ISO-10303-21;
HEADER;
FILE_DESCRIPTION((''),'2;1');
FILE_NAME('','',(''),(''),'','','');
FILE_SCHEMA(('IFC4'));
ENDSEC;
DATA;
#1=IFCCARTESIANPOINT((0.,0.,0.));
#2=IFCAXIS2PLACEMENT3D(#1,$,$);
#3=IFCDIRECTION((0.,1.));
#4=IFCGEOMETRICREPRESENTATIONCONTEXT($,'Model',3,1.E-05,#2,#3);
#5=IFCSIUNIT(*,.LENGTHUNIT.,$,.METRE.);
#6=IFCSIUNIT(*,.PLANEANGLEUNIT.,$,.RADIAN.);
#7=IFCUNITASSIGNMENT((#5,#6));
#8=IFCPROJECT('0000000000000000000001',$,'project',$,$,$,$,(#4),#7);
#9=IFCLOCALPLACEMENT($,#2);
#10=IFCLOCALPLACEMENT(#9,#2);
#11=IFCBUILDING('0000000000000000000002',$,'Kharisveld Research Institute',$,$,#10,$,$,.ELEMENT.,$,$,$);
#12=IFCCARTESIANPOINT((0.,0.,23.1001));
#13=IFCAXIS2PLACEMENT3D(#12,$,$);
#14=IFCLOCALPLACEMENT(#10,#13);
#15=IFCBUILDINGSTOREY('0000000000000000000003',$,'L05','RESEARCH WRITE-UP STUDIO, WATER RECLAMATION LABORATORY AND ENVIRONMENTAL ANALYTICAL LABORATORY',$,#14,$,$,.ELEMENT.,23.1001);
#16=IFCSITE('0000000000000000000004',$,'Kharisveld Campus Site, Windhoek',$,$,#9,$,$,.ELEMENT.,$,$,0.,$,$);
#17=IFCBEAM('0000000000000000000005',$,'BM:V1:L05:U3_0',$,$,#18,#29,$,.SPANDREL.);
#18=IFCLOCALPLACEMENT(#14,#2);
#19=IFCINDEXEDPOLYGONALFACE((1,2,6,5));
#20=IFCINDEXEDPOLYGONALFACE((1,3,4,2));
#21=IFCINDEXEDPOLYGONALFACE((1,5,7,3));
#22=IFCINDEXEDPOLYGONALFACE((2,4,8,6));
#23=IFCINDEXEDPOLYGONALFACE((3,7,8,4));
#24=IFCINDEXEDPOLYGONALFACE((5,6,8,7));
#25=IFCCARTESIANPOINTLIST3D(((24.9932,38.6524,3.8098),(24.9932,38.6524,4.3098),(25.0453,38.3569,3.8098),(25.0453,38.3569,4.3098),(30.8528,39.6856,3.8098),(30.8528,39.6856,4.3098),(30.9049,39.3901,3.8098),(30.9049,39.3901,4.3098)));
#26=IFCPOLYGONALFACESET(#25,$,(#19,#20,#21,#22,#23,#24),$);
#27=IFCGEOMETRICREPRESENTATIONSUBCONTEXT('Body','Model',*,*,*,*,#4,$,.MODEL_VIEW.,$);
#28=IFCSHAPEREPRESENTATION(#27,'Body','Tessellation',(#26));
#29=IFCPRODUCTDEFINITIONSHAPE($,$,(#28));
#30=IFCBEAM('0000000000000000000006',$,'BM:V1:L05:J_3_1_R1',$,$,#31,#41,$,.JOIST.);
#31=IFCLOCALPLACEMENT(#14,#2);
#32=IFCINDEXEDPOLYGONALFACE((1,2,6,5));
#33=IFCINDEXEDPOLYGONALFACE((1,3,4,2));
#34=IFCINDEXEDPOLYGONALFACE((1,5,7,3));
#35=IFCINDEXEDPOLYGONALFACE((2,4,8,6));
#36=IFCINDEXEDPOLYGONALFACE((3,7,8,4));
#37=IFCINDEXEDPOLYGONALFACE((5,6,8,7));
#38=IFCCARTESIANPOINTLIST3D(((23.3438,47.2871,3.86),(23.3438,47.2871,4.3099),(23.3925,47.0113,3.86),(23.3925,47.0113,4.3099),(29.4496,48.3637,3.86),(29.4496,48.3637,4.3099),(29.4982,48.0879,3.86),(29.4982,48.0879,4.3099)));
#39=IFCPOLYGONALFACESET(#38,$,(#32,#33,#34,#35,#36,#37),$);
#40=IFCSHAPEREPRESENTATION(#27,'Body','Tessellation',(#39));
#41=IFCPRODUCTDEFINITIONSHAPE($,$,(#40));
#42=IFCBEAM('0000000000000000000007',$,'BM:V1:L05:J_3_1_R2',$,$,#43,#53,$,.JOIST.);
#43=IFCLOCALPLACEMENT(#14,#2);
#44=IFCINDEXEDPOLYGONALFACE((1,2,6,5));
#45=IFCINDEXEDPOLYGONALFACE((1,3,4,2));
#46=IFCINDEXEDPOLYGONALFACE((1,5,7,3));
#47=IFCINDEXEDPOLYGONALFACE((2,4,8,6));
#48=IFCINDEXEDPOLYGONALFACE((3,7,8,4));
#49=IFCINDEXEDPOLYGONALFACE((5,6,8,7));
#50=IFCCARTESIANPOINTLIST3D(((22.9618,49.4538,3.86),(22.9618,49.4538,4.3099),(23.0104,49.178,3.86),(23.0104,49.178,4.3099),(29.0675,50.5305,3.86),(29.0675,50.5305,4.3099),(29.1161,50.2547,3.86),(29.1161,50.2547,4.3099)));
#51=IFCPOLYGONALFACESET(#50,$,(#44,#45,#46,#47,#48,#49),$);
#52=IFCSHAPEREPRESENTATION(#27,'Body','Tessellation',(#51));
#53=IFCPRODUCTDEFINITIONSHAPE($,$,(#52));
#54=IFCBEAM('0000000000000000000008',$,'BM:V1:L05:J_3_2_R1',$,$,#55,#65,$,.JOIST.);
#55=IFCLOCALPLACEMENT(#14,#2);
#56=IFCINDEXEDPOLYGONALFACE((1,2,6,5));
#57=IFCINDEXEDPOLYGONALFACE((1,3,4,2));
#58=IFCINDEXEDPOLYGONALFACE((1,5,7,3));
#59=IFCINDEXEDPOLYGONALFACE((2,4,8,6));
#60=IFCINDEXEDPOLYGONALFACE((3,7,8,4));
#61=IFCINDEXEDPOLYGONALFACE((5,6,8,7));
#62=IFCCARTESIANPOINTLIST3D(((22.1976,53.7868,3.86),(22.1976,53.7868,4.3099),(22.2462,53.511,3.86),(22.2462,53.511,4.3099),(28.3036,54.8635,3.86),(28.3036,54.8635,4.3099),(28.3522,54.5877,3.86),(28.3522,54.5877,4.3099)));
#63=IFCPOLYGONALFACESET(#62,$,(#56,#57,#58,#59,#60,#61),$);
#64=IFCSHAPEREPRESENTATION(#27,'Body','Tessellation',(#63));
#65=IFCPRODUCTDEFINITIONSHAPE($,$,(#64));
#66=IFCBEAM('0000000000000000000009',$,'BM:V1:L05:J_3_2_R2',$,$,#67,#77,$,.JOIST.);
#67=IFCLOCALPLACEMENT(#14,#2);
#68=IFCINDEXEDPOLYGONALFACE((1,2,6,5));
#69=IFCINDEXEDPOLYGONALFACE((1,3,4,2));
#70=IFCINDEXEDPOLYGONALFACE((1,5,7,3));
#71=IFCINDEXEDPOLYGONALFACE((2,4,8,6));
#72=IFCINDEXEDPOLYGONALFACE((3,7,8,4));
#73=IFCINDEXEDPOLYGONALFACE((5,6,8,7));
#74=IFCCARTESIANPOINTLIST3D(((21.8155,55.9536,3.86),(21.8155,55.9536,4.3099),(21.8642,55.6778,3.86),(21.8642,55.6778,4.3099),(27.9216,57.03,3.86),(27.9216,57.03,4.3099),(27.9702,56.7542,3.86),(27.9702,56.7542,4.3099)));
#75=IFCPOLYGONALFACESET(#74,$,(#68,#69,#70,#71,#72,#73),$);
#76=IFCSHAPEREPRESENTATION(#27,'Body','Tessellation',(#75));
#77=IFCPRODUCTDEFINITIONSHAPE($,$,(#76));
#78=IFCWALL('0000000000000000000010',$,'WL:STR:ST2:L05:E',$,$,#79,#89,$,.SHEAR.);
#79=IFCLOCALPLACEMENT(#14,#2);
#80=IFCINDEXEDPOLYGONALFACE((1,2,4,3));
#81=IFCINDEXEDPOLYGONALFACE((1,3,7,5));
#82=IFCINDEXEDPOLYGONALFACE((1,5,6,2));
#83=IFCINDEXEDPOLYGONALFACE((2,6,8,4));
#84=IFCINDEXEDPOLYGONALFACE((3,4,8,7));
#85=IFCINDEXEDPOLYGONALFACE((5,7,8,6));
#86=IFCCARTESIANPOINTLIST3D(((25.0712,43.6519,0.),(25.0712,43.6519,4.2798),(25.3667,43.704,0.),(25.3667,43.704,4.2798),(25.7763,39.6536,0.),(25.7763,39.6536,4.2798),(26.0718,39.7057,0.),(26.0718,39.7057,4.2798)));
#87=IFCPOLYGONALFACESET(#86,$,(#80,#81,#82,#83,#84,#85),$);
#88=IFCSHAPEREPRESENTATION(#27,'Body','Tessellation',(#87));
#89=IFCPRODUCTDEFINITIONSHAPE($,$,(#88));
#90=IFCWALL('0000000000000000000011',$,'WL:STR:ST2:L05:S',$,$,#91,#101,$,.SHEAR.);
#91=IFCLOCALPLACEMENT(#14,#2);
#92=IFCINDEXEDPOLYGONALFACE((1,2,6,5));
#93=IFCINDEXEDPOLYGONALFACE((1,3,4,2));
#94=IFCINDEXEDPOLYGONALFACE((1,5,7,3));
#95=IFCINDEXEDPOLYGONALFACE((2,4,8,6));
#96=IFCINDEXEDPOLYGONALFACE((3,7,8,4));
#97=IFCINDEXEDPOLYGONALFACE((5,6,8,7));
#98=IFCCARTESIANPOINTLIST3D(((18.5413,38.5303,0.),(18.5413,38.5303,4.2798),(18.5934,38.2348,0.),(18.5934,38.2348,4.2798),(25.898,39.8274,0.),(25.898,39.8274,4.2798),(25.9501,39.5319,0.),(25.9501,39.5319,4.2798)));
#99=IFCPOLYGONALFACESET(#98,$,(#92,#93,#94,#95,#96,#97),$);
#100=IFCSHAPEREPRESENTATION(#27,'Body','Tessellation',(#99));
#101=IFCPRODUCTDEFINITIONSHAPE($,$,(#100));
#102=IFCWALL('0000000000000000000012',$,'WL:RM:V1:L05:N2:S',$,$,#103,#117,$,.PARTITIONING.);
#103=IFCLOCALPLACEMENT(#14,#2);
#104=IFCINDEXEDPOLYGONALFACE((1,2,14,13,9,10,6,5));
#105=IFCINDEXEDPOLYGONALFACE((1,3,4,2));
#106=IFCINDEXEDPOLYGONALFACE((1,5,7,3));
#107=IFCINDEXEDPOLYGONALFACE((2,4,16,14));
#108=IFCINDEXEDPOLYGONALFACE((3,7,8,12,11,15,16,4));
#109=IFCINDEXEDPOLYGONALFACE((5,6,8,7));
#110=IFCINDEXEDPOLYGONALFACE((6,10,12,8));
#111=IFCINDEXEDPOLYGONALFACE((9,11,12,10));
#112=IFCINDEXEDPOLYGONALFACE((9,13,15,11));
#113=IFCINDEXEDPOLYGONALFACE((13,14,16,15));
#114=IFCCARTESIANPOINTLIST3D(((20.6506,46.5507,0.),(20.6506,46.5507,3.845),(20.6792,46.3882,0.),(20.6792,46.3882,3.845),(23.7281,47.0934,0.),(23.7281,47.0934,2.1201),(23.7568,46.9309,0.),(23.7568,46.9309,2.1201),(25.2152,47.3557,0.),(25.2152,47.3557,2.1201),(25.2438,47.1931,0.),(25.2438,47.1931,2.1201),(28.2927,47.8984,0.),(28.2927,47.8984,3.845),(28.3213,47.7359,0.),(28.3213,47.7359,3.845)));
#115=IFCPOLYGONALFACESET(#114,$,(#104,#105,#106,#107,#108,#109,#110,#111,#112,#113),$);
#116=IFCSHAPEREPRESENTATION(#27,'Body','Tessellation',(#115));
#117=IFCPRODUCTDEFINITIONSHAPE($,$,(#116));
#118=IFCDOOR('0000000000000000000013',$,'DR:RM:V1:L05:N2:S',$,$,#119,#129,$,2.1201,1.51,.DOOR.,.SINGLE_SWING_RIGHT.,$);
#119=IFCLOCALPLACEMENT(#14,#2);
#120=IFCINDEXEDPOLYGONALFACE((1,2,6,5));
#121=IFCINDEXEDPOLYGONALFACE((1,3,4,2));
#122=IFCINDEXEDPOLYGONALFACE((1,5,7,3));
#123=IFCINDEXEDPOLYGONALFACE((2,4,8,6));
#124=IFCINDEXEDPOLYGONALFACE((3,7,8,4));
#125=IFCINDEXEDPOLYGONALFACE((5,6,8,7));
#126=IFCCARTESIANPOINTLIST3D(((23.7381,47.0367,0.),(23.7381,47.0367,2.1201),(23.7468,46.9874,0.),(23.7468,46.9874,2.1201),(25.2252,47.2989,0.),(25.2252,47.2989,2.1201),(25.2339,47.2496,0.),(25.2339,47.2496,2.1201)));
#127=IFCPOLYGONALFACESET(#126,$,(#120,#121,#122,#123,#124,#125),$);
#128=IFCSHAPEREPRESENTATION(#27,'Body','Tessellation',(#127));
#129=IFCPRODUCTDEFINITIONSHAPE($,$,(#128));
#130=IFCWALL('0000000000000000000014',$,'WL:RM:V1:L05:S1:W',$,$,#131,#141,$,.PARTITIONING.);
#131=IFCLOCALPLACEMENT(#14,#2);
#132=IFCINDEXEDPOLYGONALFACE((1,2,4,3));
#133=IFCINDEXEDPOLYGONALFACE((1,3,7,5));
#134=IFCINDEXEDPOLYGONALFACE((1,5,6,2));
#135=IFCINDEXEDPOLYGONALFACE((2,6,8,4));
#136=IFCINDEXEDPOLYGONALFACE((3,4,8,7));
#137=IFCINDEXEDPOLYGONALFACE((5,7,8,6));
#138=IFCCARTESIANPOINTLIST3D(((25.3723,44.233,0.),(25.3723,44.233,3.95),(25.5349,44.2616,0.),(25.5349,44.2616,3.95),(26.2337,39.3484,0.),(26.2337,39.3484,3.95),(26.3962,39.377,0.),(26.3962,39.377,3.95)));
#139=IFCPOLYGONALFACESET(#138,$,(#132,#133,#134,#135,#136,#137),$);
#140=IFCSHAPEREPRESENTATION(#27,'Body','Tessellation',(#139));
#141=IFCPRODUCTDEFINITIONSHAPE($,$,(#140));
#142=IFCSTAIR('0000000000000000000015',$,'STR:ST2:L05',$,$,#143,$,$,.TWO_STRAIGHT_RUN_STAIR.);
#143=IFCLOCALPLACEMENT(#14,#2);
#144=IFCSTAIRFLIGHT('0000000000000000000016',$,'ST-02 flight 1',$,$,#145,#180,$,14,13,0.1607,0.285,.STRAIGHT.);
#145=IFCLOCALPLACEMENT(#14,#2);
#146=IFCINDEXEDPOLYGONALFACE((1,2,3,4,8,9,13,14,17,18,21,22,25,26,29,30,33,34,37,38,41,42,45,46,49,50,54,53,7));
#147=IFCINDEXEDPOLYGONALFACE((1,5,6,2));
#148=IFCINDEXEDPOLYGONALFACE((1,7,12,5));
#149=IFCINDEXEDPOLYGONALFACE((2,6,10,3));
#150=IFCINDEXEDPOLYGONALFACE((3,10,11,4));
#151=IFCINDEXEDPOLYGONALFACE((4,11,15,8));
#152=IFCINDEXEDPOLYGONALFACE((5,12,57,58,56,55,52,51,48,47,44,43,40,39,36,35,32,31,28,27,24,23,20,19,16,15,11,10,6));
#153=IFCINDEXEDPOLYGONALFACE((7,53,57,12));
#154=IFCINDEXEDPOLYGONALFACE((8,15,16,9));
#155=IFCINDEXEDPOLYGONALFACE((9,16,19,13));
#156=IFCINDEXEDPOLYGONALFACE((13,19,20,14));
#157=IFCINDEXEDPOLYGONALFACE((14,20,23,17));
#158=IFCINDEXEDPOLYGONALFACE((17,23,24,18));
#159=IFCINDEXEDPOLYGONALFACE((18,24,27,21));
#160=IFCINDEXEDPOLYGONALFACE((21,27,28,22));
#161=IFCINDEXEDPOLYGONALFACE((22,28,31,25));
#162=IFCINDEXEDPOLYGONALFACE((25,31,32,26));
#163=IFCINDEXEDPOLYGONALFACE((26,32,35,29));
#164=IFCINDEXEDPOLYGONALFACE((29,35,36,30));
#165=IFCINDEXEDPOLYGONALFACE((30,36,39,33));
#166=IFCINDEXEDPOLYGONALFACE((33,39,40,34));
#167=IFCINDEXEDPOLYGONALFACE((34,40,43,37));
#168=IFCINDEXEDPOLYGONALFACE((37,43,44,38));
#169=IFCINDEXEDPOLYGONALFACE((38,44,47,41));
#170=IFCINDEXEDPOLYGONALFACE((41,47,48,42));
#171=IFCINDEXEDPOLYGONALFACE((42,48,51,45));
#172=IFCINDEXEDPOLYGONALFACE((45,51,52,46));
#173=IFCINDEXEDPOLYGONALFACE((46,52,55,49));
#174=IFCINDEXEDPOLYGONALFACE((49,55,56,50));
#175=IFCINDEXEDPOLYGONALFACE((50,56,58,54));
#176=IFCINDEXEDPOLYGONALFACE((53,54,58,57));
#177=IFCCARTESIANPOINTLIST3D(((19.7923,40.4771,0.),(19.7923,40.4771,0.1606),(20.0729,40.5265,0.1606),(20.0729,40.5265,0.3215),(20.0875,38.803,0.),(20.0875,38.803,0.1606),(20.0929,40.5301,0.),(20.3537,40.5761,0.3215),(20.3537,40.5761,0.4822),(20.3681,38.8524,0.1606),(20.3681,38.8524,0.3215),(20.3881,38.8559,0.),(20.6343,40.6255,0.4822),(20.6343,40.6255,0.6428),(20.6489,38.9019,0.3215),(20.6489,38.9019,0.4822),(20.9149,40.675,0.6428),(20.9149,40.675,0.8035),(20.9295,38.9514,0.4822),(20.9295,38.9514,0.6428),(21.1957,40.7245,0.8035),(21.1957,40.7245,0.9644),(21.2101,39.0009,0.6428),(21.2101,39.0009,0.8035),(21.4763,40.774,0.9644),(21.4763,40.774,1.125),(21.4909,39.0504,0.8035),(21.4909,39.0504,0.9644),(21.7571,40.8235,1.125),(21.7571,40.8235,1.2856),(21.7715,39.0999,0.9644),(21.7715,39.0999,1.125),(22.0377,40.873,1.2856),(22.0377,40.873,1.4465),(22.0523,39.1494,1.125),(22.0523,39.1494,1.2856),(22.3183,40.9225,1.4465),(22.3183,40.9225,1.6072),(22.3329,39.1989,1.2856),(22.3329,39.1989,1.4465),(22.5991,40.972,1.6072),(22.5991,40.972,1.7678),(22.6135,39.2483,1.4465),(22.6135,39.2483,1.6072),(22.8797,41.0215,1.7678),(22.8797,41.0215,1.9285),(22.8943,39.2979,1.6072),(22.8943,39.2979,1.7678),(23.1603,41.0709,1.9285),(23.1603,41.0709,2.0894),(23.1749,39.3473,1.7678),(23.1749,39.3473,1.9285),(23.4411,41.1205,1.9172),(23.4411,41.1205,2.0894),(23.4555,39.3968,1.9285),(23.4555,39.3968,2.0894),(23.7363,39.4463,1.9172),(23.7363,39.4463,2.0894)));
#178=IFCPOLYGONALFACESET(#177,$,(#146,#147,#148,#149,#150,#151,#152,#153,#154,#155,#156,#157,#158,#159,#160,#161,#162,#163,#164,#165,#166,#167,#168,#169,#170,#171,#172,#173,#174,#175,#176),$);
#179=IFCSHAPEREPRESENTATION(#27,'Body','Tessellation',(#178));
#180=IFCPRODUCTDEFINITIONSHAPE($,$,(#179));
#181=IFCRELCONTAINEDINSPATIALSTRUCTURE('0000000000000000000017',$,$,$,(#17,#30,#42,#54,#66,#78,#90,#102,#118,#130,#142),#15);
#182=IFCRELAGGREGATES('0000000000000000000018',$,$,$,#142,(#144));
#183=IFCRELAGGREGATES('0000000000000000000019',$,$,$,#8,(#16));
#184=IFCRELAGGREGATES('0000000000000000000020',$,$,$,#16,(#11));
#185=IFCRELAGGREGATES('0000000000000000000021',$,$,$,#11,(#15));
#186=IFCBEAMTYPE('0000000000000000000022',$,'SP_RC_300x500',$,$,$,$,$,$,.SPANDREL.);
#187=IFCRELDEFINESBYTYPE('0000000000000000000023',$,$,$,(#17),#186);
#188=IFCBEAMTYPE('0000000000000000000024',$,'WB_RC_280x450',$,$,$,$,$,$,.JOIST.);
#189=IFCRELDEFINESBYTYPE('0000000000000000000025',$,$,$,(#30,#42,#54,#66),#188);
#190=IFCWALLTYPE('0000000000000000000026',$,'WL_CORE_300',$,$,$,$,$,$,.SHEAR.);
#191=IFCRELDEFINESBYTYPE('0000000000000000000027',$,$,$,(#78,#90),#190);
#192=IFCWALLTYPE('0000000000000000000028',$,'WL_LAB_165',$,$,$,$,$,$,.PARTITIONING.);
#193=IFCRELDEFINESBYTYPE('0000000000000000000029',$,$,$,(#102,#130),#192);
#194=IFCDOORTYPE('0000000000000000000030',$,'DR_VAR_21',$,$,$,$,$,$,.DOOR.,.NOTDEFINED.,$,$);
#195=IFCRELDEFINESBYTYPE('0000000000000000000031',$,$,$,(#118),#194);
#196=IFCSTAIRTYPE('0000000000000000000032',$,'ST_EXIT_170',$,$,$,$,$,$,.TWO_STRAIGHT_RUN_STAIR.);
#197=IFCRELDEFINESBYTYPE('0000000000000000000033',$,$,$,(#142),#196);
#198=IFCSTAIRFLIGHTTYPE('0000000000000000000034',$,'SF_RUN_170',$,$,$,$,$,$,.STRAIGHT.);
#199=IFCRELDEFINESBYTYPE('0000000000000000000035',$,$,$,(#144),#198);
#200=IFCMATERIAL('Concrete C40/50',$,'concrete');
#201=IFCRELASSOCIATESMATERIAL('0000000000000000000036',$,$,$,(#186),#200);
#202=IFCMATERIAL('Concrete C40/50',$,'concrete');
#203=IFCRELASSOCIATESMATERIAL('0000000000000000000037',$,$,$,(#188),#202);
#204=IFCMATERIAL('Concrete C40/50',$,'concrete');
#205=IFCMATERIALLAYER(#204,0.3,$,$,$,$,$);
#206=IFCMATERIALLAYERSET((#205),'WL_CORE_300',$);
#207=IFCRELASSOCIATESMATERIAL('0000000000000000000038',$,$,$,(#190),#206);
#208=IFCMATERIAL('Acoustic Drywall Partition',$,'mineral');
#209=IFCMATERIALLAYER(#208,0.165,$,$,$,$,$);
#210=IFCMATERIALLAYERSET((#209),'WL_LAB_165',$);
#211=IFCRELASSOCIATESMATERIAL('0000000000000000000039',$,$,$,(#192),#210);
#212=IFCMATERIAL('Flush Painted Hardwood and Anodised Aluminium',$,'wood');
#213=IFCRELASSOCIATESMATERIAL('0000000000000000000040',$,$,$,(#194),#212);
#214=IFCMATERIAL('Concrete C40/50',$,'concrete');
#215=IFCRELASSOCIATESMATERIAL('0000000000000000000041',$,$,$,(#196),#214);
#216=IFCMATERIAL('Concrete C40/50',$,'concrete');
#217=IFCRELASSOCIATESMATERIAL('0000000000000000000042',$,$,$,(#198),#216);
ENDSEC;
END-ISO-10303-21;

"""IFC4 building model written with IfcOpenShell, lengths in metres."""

from ifc_helpers import new_model, si_unit, direction, frame, frame_2d, origin, origin_2d, place, context, subcontext, project, spatial, polyline, rectangle, outline, extrude, material, layer, layer_set, material_profile, profile_set, type_object, element, fill, aggregate, save


model = new_model("IFC4")

# Units and contexts
model_context = context("Model", 3, precision=1e-05, world=origin(), true_north=direction((0.0, 1.0)))
body_context = subcontext(model_context, "Body", "Model", "MODEL_VIEW")
ifc_project = project(units=[si_unit("LENGTHUNIT", "METRE"), si_unit("PLANEANGLEUNIT", "RADIAN")], contexts=[model_context])

# Site, building, storey
site_placement = place(None, origin())
site = spatial("IfcSite", under=ifc_project, at=site_placement, Name="Kharisveld Campus Site, Windhoek", CompositionType="ELEMENT", RefElevation=0.0)
building_placement = place(site_placement, origin())
building = spatial("IfcBuilding", under=site, at=building_placement, Name="Kharisveld Research Institute", CompositionType="ELEMENT")
storey_placement = place(building_placement, frame((0.0, 0.0, 23.1001)))
storey = spatial("IfcBuildingStorey", under=building, at=storey_placement, Name="L05", Description="RESEARCH WRITE-UP STUDIO, WATER RECLAMATION LABORATORY AND ENVIRONMENTAL ANALYTICAL LABORATORY", CompositionType="ELEMENT", Elevation=23.1001)

# Beams
ifc_material_1 = material(Name="Concrete C40/50", Category="concrete")
ifc_material_profile_1 = material_profile(ifc_material_1, rectangle(XDim=0.3, YDim=0.5, at=origin_2d()))
ifc_profile_set_1 = profile_set([ifc_material_profile_1], Name="Concrete C40/50")
beam_type_1 = type_object("IfcBeamType", Name="SP_RC_300x500", PredefinedType="SPANDREL", material=ifc_profile_set_1)
beam_1_placement = place(storey_placement, frame((25.0193, 38.5046, 4.0598), z_axis=(0.984808, 0.173647, 0.0), x_axis=(-0.173647, 0.984808, 0.0)))
element("IfcBeam", 1, at=beam_1_placement, inside=storey, type_object=beam_type_1, Name="BM:V1:L05:U3_0", PredefinedType="SPANDREL", context=body_context, shape_type="SweptSolid", body=[
    extrude(rectangle(XDim=0.3, YDim=0.5, at=origin_2d()), origin(), (0.0, 0.0, 1.0), 5.95),
])
ifc_material_2 = material(Name="Concrete C40/50", Category="concrete")
ifc_material_profile_2 = material_profile(ifc_material_2, rectangle(XDim=0.28, YDim=0.45, at=origin_2d()))
ifc_profile_set_2 = profile_set([ifc_material_profile_2], Name="Concrete C40/50")
beam_type_2 = type_object("IfcBeamType", Name="WB_RC_280x450", PredefinedType="JOIST", material=ifc_profile_set_2)
for number, where, z_axis, x_axis, name in (
    (2, (23.3682, 47.1492, 4.085), (0.984806, 0.173657, 0.0), (-0.173657, 0.984806, 0.0), "BM:V1:L05:J_3_1_R1"),
    (3, (22.9861, 49.3159, 4.085), (0.984806, 0.173657, 0.0), (-0.173657, 0.984806, 0.0), "BM:V1:L05:J_3_1_R2"),
):
    element("IfcBeam", number, at=place(storey_placement, frame(where, z_axis=z_axis, x_axis=x_axis)), inside=storey, type_object=beam_type_2, Name=name, PredefinedType="JOIST", context=body_context, shape_type="SweptSolid", body=[
        extrude(rectangle(XDim=0.28, YDim=0.45, at=origin_2d()), origin(), (0.0, 0.0, 1.0), 6.2),
    ])
for number, where, z_axis, x_axis, name in (
    (4, (22.2219, 53.6489, 4.085), (0.984807, 0.173651, 0.0), (-0.173651, 0.984807, 0.0), "BM:V1:L05:J_3_2_R1"),
    (5, (21.8398, 55.8157, 4.085), (0.984814, 0.173612, 0.0), (-0.173612, 0.984814, 0.0), "BM:V1:L05:J_3_2_R2"),
):
    element("IfcBeam", number, at=place(storey_placement, frame(where, z_axis=z_axis, x_axis=x_axis)), inside=storey, type_object=beam_type_2, Name=name, PredefinedType="JOIST", context=body_context, shape_type="SweptSolid", body=[
        extrude(rectangle(XDim=0.28, YDim=0.45, at=origin_2d()), origin(), (0.0, 0.0, 1.0), 6.2002),
    ])

# Walls
ifc_material_3 = material(Name="Concrete C40/50", Category="concrete")
ifc_layer_1 = layer(ifc_material_3, 0.3)
ifc_layer_set_1 = layer_set([ifc_layer_1], Name="WL_CORE_300")
wall_type_1 = type_object("IfcWallType", Name="WL_CORE_300", PredefinedType="SHEAR", material=ifc_layer_set_1)
wall_1_placement = place(storey_placement, frame((25.219, 43.678, 0.0), z_axis=(0.0, 0.0, 1.0), x_axis=(0.173665, -0.984805, 0.0)))
element("IfcWall", 6, at=wall_1_placement, inside=storey, type_object=wall_type_1, Name="WL:STR:ST2:L05:E", PredefinedType="SHEAR", context=body_context, shape_type="SweptSolid", body=[
    extrude(rectangle(XDim=4.0601, YDim=0.3, at=frame_2d((2.03, 0.0))), origin(), (0.0, 0.0, 1.0), 4.2798),
])
wall_2_placement = place(storey_placement, frame((25.9241, 39.6797, 0.0), z_axis=(0.0, 0.0, 1.0), x_axis=(-0.984809, -0.17364, 0.0)))
element("IfcWall", 7, at=wall_2_placement, inside=storey, type_object=wall_type_1, Name="WL:STR:ST2:L05:S", PredefinedType="SHEAR", context=body_context, shape_type="SweptSolid", body=[
    extrude(rectangle(XDim=7.4702, YDim=0.3, at=frame_2d((3.7351, 0.0))), origin(), (0.0, 0.0, 1.0), 4.2798),
])

# Wall, opening, door
ifc_material_4 = material(Name="Acoustic Drywall Partition", Category="mineral")
ifc_layer_2 = layer(ifc_material_4, 0.165)
ifc_layer_set_2 = layer_set([ifc_layer_2], Name="WL_LAB_165")
wall_type_2 = type_object("IfcWallType", Name="WL_LAB_165", PredefinedType="PARTITIONING", material=ifc_layer_set_2)
wall_3_placement = place(storey_placement, frame((20.665, 46.4695, 0.0), z_axis=(0.0, 0.0, 1.0), x_axis=(0.984804, 0.173667, 0.0)))
wall_3 = element("IfcWall", 8, at=wall_3_placement, inside=storey, type_object=wall_type_2, Name="WL:RM:V1:L05:N2:S", PredefinedType="PARTITIONING", context=body_context, shape_type="SweptSolid", body=[
    extrude(rectangle(XDim=7.76, YDim=0.165, at=frame_2d((3.8799, 0.0))), origin(), (0.0, 0.0, 1.0), 3.845),
])
opening_1_placement = place(wall_3_placement, frame((3.125, 0.0, 0.0)))
opening_1 = element("IfcOpeningElement", 9, at=opening_1_placement, cuts=wall_3, PredefinedType="OPENING", context=body_context, shape_type="SweptSolid", body=[
    extrude(rectangle(XDim=1.51, YDim=2.1201, at=frame_2d((0.7549, 1.0601))), frame((0.0, 0.0825, 0.0), z_axis=(0.0, -1.0, 0.0), x_axis=(1.0, 0.0, 0.0)), (0.0, 0.0, 1.0), 0.165),
])
ifc_material_5 = material(Name="Flush Painted Hardwood and Anodised Aluminium", Category="wood")
door_type_1 = type_object("IfcDoorType", Name="DR_VAR_21", OperationType="NOTDEFINED", PredefinedType="DOOR", material=ifc_material_5)
door_1_placement = place(opening_1_placement, origin())
door_1 = element("IfcDoor", 10, at=door_1_placement, inside=storey, type_object=door_type_1, Name="DR:RM:V1:L05:N2:S", OperationType="SINGLE_SWING_RIGHT", OverallHeight=2.1201, OverallWidth=1.51, PredefinedType="DOOR", context=body_context, shape_type="SweptSolid", body=[
    extrude(rectangle(XDim=1.51, YDim=2.1201, at=frame_2d((0.7549, 1.0601))), frame((0.0, 0.0249, 0.0), z_axis=(0.0, -1.0, 0.0), x_axis=(1.0, 0.0, 0.0)), (0.0, 0.0, 1.0), 0.05),
])
fill(opening_1, door_1)

# Wall
wall_4_placement = place(storey_placement, frame((25.4536, 44.2473, 0.0), z_axis=(0.0, 0.0, 1.0), x_axis=(0.173659, -0.984806, 0.0)))
element("IfcWall", 11, at=wall_4_placement, inside=storey, type_object=wall_type_2, Name="WL:RM:V1:L05:S1:W", PredefinedType="PARTITIONING", context=body_context, shape_type="SweptSolid", body=[
    extrude(rectangle(XDim=4.96, YDim=0.165, at=frame_2d((2.48, 0.0))), origin(), (0.0, 0.0, 1.0), 3.95),
])

# Stair, stair flight
ifc_material_6 = material(Name="Concrete C40/50", Category="concrete")
stair_type = type_object("IfcStairType", Name="ST_EXIT_170", PredefinedType="TWO_STRAIGHT_RUN_STAIR", material=ifc_material_6)
stair_placement = place(storey_placement, origin())
stair = element("IfcStair", 12, at=stair_placement, inside=storey, type_object=stair_type, Name="STR:ST2:L05", PredefinedType="TWO_STRAIGHT_RUN_STAIR")
ifc_material_7 = material(Name="Concrete C40/50", Category="concrete")
stair_flight_type = type_object("IfcStairFlightType", Name="SF_RUN_170", PredefinedType="STRAIGHT", material=ifc_material_7)
stair_flight_1_placement = place(storey_placement, frame((19.9399, 39.6399, 0.0), z_axis=(0.0, 0.0, 1.0), x_axis=(0.984808, 0.173648, 0.0)))
stair_flight_1 = element("IfcStairFlight", 13, at=stair_flight_1_placement, type_object=stair_flight_type, Name="ST-02 flight 1", NumberOfRisers=14, NumberOfTreads=13, PredefinedType="STRAIGHT", RiserHeight=0.1607, TreadLength=0.285, context=body_context, shape_type="SweptSolid", body=[
    extrude(outline(polyline([(0.0, 0.0), (0.0, 0.1606), (0.2849, 0.1606), (0.2849, 0.3215), (0.5701, 0.3215), (0.5701, 0.4822), (0.855, 0.4822), (0.855, 0.6428), (1.1399, 0.6428), (1.1399, 0.8035), (1.425, 0.8035), (1.425, 0.9644), (1.71, 0.9644), (1.71, 1.125), (1.9951, 1.125), (1.9951, 1.2856), (2.28, 1.2856), (2.28, 1.4465), (2.5649, 1.4465), (2.5649, 1.6072), (2.8501, 1.6072), (2.8501, 1.7678), (3.135, 1.7678), (3.135, 1.9285), (3.4199, 1.9285), (3.4199, 2.0894), (3.7051, 2.0894), (3.7051, 2.25), (3.7051, 1.9172), (0.3052, 0.0), (0.0, 0.0)])), frame((0.0, 0.8501, 0.0), z_axis=(0.0, -1.0, 0.0), x_axis=(1.0, 0.0, 0.0)), (0.0, 0.0, 1.0), 1.7),
])
aggregate(stair, [stair_flight_1])

save(model, "model.ifc")
